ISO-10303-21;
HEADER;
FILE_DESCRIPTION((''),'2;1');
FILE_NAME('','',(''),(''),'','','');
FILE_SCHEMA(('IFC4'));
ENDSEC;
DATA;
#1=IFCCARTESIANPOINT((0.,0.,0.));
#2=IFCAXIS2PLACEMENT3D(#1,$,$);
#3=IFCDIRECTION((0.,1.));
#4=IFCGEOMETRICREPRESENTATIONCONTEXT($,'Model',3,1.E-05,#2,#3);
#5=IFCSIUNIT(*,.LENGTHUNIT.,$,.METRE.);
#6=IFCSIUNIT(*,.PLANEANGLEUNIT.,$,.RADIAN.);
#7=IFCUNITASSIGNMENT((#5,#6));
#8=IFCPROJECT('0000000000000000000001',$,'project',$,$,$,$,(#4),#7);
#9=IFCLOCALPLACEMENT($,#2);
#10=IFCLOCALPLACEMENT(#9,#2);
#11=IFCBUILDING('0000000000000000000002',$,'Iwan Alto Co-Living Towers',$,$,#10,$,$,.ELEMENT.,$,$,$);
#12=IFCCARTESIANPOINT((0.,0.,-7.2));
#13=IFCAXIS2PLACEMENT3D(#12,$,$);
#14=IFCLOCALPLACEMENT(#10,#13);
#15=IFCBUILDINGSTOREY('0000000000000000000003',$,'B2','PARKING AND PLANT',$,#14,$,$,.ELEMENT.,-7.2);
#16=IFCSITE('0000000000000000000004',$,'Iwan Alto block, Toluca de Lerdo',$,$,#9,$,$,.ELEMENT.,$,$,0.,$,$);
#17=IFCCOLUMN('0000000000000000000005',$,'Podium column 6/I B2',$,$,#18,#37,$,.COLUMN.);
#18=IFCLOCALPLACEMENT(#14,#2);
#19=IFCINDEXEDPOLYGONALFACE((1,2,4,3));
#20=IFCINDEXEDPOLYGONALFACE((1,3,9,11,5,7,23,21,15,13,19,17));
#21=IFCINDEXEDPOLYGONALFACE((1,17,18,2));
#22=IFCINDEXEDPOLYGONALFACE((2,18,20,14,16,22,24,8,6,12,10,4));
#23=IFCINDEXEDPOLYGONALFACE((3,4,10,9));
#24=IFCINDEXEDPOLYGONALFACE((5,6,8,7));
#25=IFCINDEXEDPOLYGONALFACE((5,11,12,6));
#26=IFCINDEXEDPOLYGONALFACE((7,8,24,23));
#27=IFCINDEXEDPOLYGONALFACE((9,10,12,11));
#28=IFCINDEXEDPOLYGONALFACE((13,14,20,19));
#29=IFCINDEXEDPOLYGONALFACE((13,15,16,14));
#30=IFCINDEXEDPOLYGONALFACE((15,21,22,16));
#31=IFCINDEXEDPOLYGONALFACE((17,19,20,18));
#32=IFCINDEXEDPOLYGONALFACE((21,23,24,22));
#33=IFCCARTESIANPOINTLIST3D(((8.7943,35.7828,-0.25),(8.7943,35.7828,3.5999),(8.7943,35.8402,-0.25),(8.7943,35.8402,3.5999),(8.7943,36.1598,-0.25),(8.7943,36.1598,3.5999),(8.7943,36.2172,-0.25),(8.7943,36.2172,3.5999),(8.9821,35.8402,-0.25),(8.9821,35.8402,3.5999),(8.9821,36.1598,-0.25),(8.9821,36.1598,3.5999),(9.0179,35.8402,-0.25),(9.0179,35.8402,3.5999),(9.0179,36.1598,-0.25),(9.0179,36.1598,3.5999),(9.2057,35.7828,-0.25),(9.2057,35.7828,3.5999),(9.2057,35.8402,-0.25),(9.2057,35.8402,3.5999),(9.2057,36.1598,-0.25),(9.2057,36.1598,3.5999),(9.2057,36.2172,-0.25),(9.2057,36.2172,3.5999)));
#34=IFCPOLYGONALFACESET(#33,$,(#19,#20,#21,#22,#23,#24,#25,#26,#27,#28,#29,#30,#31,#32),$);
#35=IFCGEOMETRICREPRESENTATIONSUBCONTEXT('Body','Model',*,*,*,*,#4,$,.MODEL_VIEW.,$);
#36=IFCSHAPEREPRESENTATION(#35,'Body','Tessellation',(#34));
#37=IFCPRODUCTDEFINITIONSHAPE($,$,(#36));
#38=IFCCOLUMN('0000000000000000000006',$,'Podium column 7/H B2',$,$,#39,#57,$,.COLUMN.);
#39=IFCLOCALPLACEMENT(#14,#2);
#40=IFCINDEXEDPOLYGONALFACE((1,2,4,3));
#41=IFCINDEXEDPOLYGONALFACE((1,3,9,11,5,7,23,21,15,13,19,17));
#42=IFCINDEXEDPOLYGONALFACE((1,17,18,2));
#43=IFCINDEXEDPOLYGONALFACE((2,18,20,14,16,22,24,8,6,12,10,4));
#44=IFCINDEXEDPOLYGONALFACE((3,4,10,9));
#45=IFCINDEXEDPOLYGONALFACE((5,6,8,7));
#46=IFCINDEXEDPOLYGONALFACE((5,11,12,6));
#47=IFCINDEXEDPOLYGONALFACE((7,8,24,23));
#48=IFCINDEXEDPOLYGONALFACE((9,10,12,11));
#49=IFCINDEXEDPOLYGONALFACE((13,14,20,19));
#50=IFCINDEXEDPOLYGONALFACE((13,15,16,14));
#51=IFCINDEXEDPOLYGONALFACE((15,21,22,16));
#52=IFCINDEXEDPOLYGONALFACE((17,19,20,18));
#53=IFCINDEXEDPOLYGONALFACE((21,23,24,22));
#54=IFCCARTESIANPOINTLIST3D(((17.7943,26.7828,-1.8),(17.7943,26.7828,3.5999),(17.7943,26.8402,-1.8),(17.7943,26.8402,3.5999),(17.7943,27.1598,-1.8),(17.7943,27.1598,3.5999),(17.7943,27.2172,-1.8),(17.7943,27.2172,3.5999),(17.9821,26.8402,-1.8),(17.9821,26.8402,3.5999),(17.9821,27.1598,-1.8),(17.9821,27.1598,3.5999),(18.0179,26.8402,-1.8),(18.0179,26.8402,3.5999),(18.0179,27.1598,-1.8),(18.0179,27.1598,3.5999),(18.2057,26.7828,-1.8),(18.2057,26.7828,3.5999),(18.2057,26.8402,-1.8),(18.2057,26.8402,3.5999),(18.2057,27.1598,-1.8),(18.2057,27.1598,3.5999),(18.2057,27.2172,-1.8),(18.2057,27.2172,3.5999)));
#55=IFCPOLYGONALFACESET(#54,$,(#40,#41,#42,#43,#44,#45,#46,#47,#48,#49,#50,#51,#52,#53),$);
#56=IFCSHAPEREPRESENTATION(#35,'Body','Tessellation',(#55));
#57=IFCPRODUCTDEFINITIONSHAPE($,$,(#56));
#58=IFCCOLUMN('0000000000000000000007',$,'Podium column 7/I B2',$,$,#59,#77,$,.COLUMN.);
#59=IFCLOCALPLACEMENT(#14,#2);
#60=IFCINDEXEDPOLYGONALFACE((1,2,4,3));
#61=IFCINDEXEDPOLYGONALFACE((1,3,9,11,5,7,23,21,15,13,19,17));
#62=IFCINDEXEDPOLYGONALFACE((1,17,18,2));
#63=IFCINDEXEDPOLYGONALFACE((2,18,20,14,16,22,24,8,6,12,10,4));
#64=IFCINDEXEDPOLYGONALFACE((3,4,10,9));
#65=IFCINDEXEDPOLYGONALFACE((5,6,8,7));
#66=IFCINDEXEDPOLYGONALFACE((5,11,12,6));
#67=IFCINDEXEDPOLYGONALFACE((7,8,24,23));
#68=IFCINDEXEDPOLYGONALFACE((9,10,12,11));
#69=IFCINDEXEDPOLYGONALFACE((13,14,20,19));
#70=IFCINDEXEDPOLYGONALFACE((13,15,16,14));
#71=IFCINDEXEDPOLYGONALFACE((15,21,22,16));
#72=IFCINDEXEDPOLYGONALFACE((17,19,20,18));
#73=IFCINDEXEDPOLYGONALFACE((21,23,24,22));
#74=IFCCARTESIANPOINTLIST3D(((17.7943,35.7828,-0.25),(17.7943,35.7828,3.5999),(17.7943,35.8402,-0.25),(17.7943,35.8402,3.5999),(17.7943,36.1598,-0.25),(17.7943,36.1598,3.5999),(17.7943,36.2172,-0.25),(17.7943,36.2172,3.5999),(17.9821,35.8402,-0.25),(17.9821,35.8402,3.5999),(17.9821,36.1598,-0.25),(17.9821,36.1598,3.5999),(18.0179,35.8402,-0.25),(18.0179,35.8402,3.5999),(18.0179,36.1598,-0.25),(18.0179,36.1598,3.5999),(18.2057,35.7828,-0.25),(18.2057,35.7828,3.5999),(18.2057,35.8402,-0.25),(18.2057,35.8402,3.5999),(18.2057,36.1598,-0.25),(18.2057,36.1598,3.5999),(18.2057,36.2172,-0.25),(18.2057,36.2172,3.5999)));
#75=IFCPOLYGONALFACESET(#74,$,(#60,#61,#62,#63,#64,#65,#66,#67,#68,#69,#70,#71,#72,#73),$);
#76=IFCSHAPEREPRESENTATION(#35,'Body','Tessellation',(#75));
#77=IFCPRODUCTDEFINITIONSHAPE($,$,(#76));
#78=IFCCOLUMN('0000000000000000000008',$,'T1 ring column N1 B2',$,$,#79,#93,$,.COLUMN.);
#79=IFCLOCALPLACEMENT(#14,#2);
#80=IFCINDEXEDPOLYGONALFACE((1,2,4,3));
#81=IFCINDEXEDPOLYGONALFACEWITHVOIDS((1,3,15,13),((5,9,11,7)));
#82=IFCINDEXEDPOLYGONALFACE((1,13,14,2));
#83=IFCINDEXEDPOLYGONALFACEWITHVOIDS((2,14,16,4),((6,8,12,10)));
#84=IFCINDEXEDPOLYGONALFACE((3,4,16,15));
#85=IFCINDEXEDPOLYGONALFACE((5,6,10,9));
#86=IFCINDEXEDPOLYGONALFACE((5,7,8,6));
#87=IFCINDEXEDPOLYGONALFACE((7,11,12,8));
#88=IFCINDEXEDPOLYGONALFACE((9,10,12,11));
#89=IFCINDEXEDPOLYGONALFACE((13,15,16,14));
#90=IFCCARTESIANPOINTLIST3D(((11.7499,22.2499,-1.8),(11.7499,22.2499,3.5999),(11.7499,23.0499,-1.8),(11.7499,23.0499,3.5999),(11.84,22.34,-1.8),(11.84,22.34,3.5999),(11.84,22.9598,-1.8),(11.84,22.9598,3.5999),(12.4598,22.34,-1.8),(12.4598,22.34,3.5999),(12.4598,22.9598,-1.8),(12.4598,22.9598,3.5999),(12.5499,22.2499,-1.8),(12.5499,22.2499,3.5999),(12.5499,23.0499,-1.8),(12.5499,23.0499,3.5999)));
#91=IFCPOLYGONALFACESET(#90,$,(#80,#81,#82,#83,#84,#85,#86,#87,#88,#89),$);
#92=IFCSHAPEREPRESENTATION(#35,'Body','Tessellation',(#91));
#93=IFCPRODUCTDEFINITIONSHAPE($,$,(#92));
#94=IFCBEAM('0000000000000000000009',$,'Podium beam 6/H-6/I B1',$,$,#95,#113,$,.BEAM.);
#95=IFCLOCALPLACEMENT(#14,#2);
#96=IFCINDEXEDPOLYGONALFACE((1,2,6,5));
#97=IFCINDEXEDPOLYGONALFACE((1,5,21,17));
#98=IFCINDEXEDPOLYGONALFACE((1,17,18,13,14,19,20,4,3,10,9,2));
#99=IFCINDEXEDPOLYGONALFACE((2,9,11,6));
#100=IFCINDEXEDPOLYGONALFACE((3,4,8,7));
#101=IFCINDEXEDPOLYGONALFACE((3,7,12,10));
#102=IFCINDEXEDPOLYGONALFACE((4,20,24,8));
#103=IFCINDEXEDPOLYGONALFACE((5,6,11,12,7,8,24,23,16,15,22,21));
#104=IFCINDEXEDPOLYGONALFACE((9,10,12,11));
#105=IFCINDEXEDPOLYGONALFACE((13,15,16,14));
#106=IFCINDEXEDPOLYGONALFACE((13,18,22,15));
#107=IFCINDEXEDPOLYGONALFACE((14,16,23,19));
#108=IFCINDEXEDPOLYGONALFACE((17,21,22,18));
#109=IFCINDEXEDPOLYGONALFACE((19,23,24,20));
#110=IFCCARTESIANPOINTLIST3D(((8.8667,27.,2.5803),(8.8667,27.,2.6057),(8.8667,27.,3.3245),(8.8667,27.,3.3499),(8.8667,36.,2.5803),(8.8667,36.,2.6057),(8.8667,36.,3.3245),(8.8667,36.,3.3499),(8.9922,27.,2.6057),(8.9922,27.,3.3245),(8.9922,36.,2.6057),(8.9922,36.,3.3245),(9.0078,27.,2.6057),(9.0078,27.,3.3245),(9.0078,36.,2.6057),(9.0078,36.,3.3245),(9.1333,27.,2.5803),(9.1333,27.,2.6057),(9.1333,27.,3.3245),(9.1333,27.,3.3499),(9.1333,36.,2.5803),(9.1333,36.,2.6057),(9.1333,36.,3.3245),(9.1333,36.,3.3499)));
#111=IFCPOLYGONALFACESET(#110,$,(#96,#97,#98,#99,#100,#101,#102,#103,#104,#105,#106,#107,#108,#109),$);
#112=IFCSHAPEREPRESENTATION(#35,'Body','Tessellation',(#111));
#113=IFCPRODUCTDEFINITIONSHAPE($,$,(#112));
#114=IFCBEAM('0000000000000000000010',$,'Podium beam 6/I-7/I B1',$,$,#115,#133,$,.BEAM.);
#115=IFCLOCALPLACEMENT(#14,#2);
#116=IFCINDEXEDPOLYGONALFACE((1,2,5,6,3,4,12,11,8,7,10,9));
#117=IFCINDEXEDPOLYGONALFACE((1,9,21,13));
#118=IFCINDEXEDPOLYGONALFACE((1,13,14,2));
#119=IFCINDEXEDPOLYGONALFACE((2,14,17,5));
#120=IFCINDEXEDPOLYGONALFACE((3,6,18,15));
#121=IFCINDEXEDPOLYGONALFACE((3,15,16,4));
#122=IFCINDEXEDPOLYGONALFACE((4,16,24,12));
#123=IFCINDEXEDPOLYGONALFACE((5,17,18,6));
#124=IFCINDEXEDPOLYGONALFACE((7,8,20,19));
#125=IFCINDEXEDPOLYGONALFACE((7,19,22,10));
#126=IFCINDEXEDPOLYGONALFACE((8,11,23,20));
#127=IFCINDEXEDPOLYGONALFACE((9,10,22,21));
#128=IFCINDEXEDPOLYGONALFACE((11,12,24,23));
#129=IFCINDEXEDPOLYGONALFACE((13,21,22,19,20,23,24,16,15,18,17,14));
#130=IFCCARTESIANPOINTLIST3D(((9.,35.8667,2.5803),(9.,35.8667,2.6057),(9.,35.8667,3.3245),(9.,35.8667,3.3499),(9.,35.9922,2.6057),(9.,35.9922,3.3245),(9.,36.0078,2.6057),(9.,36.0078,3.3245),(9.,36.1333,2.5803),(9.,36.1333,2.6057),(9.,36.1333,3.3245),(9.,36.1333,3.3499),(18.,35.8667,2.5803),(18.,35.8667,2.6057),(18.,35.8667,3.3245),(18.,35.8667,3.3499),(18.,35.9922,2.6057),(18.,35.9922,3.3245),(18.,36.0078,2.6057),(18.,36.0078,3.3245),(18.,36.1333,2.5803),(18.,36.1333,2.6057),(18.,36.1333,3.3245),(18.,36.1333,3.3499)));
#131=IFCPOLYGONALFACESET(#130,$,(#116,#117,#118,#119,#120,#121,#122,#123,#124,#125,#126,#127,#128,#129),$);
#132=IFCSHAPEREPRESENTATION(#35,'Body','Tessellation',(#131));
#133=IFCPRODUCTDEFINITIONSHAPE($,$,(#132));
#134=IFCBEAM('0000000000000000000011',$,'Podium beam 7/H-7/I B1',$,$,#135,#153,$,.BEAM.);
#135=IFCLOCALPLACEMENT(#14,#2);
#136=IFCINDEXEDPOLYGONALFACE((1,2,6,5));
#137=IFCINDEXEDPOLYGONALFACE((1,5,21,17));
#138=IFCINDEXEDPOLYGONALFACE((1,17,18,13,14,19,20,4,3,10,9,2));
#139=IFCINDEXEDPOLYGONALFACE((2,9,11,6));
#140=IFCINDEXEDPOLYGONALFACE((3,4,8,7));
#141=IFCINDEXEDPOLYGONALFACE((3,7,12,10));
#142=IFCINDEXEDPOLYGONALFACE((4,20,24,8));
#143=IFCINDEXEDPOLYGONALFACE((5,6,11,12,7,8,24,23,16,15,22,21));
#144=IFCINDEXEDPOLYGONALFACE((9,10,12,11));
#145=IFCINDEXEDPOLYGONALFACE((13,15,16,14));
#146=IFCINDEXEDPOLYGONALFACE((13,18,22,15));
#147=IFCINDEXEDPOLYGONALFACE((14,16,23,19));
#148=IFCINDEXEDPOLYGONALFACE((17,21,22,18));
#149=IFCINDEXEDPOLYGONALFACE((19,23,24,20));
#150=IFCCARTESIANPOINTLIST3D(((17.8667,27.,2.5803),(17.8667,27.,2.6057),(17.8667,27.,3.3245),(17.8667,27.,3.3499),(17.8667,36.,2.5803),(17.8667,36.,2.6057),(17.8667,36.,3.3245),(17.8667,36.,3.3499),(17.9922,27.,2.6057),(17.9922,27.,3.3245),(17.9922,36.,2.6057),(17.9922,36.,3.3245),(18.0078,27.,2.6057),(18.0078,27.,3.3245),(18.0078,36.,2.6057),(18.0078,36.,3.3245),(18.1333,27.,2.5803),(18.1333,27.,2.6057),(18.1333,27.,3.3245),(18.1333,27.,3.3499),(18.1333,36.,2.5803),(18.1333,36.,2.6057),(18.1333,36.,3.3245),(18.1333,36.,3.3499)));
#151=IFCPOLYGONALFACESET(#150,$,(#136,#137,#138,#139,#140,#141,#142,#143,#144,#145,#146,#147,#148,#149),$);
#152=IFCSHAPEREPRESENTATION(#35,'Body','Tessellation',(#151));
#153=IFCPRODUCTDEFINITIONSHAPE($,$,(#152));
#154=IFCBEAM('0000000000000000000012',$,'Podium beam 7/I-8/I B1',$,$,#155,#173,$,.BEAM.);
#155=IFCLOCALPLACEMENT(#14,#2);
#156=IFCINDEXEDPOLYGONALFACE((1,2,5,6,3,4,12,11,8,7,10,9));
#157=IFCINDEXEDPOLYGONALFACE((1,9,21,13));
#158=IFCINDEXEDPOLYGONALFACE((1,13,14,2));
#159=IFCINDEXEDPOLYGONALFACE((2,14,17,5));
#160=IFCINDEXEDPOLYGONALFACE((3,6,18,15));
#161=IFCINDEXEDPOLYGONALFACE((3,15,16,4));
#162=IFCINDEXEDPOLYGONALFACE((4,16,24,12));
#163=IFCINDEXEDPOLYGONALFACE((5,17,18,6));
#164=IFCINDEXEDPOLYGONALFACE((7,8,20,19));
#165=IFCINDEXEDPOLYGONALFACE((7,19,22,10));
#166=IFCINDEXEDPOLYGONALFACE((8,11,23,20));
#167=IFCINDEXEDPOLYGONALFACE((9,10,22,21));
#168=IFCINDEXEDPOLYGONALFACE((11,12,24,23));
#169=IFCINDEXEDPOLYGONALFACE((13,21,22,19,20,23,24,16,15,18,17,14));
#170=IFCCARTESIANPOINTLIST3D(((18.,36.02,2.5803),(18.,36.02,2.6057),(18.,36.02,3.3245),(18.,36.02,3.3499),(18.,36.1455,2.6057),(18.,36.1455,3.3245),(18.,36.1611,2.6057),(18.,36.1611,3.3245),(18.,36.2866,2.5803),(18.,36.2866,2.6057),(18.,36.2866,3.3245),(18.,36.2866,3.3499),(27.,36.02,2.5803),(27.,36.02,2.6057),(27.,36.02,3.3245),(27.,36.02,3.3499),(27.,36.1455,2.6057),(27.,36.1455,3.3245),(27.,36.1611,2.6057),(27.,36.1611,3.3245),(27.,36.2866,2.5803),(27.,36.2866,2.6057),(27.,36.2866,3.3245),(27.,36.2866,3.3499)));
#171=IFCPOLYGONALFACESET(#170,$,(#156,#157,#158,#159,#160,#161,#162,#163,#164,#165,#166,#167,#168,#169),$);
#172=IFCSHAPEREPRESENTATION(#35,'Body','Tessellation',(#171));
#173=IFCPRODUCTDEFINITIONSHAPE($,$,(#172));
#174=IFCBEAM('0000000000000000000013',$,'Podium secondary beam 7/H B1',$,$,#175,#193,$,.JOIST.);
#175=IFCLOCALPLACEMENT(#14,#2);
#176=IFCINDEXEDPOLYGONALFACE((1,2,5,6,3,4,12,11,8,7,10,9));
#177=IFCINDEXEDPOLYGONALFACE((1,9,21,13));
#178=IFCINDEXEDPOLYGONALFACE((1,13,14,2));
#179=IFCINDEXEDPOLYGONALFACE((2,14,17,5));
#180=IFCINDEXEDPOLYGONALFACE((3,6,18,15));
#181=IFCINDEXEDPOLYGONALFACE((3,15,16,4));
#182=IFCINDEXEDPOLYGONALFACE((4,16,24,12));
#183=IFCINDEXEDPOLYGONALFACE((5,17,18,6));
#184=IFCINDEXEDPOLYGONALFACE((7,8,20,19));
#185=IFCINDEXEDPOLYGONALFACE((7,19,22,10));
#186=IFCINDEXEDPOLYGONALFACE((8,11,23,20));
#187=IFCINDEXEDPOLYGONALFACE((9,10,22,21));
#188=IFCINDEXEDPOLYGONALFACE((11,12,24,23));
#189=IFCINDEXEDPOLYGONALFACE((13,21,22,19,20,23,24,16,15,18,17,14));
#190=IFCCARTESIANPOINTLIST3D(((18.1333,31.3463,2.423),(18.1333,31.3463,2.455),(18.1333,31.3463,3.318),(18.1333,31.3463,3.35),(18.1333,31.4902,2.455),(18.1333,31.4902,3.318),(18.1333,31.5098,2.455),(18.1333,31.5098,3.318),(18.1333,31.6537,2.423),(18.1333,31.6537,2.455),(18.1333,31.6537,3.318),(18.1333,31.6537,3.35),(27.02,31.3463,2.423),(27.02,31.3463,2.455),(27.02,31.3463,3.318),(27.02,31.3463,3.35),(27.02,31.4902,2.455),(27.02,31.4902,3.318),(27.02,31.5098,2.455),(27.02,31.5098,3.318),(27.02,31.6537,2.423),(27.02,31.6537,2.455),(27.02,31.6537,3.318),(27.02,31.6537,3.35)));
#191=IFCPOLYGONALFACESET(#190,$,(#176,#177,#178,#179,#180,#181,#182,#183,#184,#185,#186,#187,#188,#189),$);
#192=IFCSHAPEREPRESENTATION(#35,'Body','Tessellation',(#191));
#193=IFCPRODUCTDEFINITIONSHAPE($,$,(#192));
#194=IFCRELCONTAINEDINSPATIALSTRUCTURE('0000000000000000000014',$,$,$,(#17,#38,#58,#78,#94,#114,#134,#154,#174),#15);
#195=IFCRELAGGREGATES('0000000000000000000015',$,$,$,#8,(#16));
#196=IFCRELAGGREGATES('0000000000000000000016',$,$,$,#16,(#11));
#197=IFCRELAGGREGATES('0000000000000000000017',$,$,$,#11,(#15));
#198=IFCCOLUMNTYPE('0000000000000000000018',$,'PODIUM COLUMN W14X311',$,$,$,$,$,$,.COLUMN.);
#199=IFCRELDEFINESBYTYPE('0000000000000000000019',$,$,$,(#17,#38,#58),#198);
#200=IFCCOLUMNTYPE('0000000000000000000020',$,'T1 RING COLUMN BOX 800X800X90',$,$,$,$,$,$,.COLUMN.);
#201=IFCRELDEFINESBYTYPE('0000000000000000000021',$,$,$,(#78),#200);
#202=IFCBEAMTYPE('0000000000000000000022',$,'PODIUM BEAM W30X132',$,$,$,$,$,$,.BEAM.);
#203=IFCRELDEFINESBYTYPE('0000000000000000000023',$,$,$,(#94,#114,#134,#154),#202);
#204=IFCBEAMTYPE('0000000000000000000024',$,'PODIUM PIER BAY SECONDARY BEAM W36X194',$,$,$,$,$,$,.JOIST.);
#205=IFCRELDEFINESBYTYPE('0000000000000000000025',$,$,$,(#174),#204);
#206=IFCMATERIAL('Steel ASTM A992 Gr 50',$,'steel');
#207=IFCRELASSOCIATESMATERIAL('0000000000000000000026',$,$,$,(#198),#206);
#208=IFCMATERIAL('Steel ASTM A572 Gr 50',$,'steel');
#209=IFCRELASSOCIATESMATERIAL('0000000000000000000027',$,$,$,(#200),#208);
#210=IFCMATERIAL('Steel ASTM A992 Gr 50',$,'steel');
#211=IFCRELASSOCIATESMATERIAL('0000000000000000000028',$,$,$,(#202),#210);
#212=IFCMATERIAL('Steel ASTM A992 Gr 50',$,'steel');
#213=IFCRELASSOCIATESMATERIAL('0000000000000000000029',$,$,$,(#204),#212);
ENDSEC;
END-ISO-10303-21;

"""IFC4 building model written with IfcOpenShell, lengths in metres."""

from ifc_helpers import new_model, si_unit, direction, frame, origin, origin_2d, place, context, subcontext, project, spatial, hollow_rectangle, i_section, extrude, material, material_profile, profile_set, type_object, element, save


model = new_model("IFC4")

# Units and contexts
model_context = context("Model", 3, precision=1e-05, world=origin(), true_north=direction((0.0, 1.0)))
body_context = subcontext(model_context, "Body", "Model", "MODEL_VIEW")
ifc_project = project(units=[si_unit("LENGTHUNIT", "METRE"), si_unit("PLANEANGLEUNIT", "RADIAN")], contexts=[model_context])

# Site, building, storey
site_placement = place(None, origin())
site = spatial("IfcSite", under=ifc_project, at=site_placement, Name="Iwan Alto block, Toluca de Lerdo", CompositionType="ELEMENT", RefElevation=0.0)
building_placement = place(site_placement, origin())
building = spatial("IfcBuilding", under=site, at=building_placement, Name="Iwan Alto Co-Living Towers", CompositionType="ELEMENT")
storey_placement = place(building_placement, frame((0.0, 0.0, -7.2)))
storey = spatial("IfcBuildingStorey", under=building, at=storey_placement, Name="B2", Description="PARKING AND PLANT", CompositionType="ELEMENT", Elevation=-7.2)

# Columns
ifc_material_1 = material(Name="Steel ASTM A992 Gr 50", Category="steel")
ifc_material_profile_1 = material_profile(ifc_material_1, i_section(OverallWidth=0.4114, OverallDepth=0.4343, WebThickness=0.0359, FlangeThickness=0.0574, at=origin_2d()), Name="W14X311")
ifc_profile_set_1 = profile_set([ifc_material_profile_1], Name="Steel ASTM A992 Gr 50")
column_type_1 = type_object("IfcColumnType", Name="PODIUM COLUMN W14X311", PredefinedType="COLUMN", material=ifc_profile_set_1)
column_1_placement = place(storey_placement, frame((9.0, 36.0, -0.25), z_axis=(0.0, 0.0, 1.0), x_axis=(1.0, 0.0, 0.0)))
element("IfcColumn", 1, at=column_1_placement, inside=storey, type_object=column_type_1, Name="Podium column 6/I B2", PredefinedType="COLUMN", context=body_context, shape_type="SweptSolid", body=[
    extrude(i_section(OverallWidth=0.4114, OverallDepth=0.4343, WebThickness=0.0359, FlangeThickness=0.0574, at=origin_2d()), origin(), (0.0, 0.0, 1.0), 3.8499),
])
column_2_placement = place(storey_placement, frame((18.0, 27.0, -1.8), z_axis=(0.0, 0.0, 1.0), x_axis=(1.0, 0.0, 0.0)))
element("IfcColumn", 2, at=column_2_placement, inside=storey, type_object=column_type_1, Name="Podium column 7/H B2", PredefinedType="COLUMN", context=body_context, shape_type="SweptSolid", body=[
    extrude(i_section(OverallWidth=0.4114, OverallDepth=0.4343, WebThickness=0.0359, FlangeThickness=0.0574, at=origin_2d()), origin(), (0.0, 0.0, 1.0), 5.3999),
])
column_3_placement = place(storey_placement, frame((18.0, 36.0, -0.25), z_axis=(0.0, 0.0, 1.0), x_axis=(1.0, 0.0, 0.0)))
element("IfcColumn", 3, at=column_3_placement, inside=storey, type_object=column_type_1, Name="Podium column 7/I B2", PredefinedType="COLUMN", context=body_context, shape_type="SweptSolid", body=[
    extrude(i_section(OverallWidth=0.4114, OverallDepth=0.4343, WebThickness=0.0359, FlangeThickness=0.0574, at=origin_2d()), origin(), (0.0, 0.0, 1.0), 3.8499),
])
ifc_material_2 = material(Name="Steel ASTM A572 Gr 50", Category="steel")
ifc_material_profile_2 = material_profile(ifc_material_2, hollow_rectangle(XDim=0.8, YDim=0.8, WallThickness=0.0901, at=origin_2d()), Name="BOX 800X800X90")
ifc_profile_set_2 = profile_set([ifc_material_profile_2], Name="Steel ASTM A572 Gr 50")
column_type_2 = type_object("IfcColumnType", Name="T1 RING COLUMN BOX 800X800X90", PredefinedType="COLUMN", material=ifc_profile_set_2)
column_4_placement = place(storey_placement, frame((12.1499, 22.6499, -1.8), z_axis=(0.0, 0.0, 1.0), x_axis=(1.0, 0.0, 0.0)))
element("IfcColumn", 4, at=column_4_placement, inside=storey, type_object=column_type_2, Name="T1 ring column N1 B2", PredefinedType="COLUMN", context=body_context, shape_type="SweptSolid", body=[
    extrude(hollow_rectangle(XDim=0.8, YDim=0.8, WallThickness=0.0901, at=origin_2d()), origin(), (0.0, 0.0, 1.0), 5.3999),
])

# Beams
ifc_material_3 = material(Name="Steel ASTM A992 Gr 50", Category="steel")
ifc_material_profile_3 = material_profile(ifc_material_3, i_section(OverallWidth=0.2666, OverallDepth=0.7695, WebThickness=0.0156, FlangeThickness=0.0254, at=origin_2d()), Name="W30X132")
ifc_profile_set_3 = profile_set([ifc_material_profile_3], Name="Steel ASTM A992 Gr 50")
beam_type_1 = type_object("IfcBeamType", Name="PODIUM BEAM W30X132", PredefinedType="BEAM", material=ifc_profile_set_3)
for number, where, z_axis, x_axis, name in (
    (5, (9.0, 27.0, 2.9651), (0.0, 1.0, 0.0), (-1.0, 0.0, 0.0), "Podium beam 6/H-6/I B1"),
    (6, (9.0, 36.0, 2.9651), (1.0, 0.0, 0.0), (0.0, 1.0, 0.0), "Podium beam 6/I-7/I B1"),
    (7, (18.0, 27.0, 2.9651), (0.0, 1.0, 0.0), (-1.0, 0.0, 0.0), "Podium beam 7/H-7/I B1"),
    (8, (18.0, 36.1533, 2.9651), (1.0, 0.0, 0.0), (0.0, 1.0, 0.0), "Podium beam 7/I-8/I B1"),
):
    element("IfcBeam", number, at=place(storey_placement, frame(where, z_axis=z_axis, x_axis=x_axis)), inside=storey, type_object=beam_type_1, Name=name, PredefinedType="BEAM", context=body_context, shape_type="SweptSolid", body=[
        extrude(i_section(OverallWidth=0.2666, OverallDepth=0.7695, WebThickness=0.0156, FlangeThickness=0.0254, at=origin_2d()), origin(), (0.0, 0.0, 1.0), 9.0),
    ])
ifc_material_4 = material(Name="Steel ASTM A992 Gr 50", Category="steel")
ifc_material_profile_4 = material_profile(ifc_material_4, i_section(OverallWidth=0.3074, OverallDepth=0.927, WebThickness=0.0195, FlangeThickness=0.032, at=origin_2d()), Name="W36X194")
ifc_profile_set_4 = profile_set([ifc_material_profile_4], Name="Steel ASTM A992 Gr 50")
beam_type_2 = type_object("IfcBeamType", Name="PODIUM PIER BAY SECONDARY BEAM W36X194", PredefinedType="JOIST", material=ifc_profile_set_4)
beam_1_placement = place(storey_placement, frame((18.1333, 31.5, 2.8865), z_axis=(1.0, 0.0, 0.0), x_axis=(0.0, 1.0, 0.0)))
element("IfcBeam", 9, at=beam_1_placement, inside=storey, type_object=beam_type_2, Name="Podium secondary beam 7/H B1", PredefinedType="JOIST", context=body_context, shape_type="SweptSolid", body=[
    extrude(i_section(OverallWidth=0.3074, OverallDepth=0.927, WebThickness=0.0195, FlangeThickness=0.032, at=origin_2d()), origin(), (0.0, 0.0, 1.0), 8.8867),
])

save(model, "model.ifc")
